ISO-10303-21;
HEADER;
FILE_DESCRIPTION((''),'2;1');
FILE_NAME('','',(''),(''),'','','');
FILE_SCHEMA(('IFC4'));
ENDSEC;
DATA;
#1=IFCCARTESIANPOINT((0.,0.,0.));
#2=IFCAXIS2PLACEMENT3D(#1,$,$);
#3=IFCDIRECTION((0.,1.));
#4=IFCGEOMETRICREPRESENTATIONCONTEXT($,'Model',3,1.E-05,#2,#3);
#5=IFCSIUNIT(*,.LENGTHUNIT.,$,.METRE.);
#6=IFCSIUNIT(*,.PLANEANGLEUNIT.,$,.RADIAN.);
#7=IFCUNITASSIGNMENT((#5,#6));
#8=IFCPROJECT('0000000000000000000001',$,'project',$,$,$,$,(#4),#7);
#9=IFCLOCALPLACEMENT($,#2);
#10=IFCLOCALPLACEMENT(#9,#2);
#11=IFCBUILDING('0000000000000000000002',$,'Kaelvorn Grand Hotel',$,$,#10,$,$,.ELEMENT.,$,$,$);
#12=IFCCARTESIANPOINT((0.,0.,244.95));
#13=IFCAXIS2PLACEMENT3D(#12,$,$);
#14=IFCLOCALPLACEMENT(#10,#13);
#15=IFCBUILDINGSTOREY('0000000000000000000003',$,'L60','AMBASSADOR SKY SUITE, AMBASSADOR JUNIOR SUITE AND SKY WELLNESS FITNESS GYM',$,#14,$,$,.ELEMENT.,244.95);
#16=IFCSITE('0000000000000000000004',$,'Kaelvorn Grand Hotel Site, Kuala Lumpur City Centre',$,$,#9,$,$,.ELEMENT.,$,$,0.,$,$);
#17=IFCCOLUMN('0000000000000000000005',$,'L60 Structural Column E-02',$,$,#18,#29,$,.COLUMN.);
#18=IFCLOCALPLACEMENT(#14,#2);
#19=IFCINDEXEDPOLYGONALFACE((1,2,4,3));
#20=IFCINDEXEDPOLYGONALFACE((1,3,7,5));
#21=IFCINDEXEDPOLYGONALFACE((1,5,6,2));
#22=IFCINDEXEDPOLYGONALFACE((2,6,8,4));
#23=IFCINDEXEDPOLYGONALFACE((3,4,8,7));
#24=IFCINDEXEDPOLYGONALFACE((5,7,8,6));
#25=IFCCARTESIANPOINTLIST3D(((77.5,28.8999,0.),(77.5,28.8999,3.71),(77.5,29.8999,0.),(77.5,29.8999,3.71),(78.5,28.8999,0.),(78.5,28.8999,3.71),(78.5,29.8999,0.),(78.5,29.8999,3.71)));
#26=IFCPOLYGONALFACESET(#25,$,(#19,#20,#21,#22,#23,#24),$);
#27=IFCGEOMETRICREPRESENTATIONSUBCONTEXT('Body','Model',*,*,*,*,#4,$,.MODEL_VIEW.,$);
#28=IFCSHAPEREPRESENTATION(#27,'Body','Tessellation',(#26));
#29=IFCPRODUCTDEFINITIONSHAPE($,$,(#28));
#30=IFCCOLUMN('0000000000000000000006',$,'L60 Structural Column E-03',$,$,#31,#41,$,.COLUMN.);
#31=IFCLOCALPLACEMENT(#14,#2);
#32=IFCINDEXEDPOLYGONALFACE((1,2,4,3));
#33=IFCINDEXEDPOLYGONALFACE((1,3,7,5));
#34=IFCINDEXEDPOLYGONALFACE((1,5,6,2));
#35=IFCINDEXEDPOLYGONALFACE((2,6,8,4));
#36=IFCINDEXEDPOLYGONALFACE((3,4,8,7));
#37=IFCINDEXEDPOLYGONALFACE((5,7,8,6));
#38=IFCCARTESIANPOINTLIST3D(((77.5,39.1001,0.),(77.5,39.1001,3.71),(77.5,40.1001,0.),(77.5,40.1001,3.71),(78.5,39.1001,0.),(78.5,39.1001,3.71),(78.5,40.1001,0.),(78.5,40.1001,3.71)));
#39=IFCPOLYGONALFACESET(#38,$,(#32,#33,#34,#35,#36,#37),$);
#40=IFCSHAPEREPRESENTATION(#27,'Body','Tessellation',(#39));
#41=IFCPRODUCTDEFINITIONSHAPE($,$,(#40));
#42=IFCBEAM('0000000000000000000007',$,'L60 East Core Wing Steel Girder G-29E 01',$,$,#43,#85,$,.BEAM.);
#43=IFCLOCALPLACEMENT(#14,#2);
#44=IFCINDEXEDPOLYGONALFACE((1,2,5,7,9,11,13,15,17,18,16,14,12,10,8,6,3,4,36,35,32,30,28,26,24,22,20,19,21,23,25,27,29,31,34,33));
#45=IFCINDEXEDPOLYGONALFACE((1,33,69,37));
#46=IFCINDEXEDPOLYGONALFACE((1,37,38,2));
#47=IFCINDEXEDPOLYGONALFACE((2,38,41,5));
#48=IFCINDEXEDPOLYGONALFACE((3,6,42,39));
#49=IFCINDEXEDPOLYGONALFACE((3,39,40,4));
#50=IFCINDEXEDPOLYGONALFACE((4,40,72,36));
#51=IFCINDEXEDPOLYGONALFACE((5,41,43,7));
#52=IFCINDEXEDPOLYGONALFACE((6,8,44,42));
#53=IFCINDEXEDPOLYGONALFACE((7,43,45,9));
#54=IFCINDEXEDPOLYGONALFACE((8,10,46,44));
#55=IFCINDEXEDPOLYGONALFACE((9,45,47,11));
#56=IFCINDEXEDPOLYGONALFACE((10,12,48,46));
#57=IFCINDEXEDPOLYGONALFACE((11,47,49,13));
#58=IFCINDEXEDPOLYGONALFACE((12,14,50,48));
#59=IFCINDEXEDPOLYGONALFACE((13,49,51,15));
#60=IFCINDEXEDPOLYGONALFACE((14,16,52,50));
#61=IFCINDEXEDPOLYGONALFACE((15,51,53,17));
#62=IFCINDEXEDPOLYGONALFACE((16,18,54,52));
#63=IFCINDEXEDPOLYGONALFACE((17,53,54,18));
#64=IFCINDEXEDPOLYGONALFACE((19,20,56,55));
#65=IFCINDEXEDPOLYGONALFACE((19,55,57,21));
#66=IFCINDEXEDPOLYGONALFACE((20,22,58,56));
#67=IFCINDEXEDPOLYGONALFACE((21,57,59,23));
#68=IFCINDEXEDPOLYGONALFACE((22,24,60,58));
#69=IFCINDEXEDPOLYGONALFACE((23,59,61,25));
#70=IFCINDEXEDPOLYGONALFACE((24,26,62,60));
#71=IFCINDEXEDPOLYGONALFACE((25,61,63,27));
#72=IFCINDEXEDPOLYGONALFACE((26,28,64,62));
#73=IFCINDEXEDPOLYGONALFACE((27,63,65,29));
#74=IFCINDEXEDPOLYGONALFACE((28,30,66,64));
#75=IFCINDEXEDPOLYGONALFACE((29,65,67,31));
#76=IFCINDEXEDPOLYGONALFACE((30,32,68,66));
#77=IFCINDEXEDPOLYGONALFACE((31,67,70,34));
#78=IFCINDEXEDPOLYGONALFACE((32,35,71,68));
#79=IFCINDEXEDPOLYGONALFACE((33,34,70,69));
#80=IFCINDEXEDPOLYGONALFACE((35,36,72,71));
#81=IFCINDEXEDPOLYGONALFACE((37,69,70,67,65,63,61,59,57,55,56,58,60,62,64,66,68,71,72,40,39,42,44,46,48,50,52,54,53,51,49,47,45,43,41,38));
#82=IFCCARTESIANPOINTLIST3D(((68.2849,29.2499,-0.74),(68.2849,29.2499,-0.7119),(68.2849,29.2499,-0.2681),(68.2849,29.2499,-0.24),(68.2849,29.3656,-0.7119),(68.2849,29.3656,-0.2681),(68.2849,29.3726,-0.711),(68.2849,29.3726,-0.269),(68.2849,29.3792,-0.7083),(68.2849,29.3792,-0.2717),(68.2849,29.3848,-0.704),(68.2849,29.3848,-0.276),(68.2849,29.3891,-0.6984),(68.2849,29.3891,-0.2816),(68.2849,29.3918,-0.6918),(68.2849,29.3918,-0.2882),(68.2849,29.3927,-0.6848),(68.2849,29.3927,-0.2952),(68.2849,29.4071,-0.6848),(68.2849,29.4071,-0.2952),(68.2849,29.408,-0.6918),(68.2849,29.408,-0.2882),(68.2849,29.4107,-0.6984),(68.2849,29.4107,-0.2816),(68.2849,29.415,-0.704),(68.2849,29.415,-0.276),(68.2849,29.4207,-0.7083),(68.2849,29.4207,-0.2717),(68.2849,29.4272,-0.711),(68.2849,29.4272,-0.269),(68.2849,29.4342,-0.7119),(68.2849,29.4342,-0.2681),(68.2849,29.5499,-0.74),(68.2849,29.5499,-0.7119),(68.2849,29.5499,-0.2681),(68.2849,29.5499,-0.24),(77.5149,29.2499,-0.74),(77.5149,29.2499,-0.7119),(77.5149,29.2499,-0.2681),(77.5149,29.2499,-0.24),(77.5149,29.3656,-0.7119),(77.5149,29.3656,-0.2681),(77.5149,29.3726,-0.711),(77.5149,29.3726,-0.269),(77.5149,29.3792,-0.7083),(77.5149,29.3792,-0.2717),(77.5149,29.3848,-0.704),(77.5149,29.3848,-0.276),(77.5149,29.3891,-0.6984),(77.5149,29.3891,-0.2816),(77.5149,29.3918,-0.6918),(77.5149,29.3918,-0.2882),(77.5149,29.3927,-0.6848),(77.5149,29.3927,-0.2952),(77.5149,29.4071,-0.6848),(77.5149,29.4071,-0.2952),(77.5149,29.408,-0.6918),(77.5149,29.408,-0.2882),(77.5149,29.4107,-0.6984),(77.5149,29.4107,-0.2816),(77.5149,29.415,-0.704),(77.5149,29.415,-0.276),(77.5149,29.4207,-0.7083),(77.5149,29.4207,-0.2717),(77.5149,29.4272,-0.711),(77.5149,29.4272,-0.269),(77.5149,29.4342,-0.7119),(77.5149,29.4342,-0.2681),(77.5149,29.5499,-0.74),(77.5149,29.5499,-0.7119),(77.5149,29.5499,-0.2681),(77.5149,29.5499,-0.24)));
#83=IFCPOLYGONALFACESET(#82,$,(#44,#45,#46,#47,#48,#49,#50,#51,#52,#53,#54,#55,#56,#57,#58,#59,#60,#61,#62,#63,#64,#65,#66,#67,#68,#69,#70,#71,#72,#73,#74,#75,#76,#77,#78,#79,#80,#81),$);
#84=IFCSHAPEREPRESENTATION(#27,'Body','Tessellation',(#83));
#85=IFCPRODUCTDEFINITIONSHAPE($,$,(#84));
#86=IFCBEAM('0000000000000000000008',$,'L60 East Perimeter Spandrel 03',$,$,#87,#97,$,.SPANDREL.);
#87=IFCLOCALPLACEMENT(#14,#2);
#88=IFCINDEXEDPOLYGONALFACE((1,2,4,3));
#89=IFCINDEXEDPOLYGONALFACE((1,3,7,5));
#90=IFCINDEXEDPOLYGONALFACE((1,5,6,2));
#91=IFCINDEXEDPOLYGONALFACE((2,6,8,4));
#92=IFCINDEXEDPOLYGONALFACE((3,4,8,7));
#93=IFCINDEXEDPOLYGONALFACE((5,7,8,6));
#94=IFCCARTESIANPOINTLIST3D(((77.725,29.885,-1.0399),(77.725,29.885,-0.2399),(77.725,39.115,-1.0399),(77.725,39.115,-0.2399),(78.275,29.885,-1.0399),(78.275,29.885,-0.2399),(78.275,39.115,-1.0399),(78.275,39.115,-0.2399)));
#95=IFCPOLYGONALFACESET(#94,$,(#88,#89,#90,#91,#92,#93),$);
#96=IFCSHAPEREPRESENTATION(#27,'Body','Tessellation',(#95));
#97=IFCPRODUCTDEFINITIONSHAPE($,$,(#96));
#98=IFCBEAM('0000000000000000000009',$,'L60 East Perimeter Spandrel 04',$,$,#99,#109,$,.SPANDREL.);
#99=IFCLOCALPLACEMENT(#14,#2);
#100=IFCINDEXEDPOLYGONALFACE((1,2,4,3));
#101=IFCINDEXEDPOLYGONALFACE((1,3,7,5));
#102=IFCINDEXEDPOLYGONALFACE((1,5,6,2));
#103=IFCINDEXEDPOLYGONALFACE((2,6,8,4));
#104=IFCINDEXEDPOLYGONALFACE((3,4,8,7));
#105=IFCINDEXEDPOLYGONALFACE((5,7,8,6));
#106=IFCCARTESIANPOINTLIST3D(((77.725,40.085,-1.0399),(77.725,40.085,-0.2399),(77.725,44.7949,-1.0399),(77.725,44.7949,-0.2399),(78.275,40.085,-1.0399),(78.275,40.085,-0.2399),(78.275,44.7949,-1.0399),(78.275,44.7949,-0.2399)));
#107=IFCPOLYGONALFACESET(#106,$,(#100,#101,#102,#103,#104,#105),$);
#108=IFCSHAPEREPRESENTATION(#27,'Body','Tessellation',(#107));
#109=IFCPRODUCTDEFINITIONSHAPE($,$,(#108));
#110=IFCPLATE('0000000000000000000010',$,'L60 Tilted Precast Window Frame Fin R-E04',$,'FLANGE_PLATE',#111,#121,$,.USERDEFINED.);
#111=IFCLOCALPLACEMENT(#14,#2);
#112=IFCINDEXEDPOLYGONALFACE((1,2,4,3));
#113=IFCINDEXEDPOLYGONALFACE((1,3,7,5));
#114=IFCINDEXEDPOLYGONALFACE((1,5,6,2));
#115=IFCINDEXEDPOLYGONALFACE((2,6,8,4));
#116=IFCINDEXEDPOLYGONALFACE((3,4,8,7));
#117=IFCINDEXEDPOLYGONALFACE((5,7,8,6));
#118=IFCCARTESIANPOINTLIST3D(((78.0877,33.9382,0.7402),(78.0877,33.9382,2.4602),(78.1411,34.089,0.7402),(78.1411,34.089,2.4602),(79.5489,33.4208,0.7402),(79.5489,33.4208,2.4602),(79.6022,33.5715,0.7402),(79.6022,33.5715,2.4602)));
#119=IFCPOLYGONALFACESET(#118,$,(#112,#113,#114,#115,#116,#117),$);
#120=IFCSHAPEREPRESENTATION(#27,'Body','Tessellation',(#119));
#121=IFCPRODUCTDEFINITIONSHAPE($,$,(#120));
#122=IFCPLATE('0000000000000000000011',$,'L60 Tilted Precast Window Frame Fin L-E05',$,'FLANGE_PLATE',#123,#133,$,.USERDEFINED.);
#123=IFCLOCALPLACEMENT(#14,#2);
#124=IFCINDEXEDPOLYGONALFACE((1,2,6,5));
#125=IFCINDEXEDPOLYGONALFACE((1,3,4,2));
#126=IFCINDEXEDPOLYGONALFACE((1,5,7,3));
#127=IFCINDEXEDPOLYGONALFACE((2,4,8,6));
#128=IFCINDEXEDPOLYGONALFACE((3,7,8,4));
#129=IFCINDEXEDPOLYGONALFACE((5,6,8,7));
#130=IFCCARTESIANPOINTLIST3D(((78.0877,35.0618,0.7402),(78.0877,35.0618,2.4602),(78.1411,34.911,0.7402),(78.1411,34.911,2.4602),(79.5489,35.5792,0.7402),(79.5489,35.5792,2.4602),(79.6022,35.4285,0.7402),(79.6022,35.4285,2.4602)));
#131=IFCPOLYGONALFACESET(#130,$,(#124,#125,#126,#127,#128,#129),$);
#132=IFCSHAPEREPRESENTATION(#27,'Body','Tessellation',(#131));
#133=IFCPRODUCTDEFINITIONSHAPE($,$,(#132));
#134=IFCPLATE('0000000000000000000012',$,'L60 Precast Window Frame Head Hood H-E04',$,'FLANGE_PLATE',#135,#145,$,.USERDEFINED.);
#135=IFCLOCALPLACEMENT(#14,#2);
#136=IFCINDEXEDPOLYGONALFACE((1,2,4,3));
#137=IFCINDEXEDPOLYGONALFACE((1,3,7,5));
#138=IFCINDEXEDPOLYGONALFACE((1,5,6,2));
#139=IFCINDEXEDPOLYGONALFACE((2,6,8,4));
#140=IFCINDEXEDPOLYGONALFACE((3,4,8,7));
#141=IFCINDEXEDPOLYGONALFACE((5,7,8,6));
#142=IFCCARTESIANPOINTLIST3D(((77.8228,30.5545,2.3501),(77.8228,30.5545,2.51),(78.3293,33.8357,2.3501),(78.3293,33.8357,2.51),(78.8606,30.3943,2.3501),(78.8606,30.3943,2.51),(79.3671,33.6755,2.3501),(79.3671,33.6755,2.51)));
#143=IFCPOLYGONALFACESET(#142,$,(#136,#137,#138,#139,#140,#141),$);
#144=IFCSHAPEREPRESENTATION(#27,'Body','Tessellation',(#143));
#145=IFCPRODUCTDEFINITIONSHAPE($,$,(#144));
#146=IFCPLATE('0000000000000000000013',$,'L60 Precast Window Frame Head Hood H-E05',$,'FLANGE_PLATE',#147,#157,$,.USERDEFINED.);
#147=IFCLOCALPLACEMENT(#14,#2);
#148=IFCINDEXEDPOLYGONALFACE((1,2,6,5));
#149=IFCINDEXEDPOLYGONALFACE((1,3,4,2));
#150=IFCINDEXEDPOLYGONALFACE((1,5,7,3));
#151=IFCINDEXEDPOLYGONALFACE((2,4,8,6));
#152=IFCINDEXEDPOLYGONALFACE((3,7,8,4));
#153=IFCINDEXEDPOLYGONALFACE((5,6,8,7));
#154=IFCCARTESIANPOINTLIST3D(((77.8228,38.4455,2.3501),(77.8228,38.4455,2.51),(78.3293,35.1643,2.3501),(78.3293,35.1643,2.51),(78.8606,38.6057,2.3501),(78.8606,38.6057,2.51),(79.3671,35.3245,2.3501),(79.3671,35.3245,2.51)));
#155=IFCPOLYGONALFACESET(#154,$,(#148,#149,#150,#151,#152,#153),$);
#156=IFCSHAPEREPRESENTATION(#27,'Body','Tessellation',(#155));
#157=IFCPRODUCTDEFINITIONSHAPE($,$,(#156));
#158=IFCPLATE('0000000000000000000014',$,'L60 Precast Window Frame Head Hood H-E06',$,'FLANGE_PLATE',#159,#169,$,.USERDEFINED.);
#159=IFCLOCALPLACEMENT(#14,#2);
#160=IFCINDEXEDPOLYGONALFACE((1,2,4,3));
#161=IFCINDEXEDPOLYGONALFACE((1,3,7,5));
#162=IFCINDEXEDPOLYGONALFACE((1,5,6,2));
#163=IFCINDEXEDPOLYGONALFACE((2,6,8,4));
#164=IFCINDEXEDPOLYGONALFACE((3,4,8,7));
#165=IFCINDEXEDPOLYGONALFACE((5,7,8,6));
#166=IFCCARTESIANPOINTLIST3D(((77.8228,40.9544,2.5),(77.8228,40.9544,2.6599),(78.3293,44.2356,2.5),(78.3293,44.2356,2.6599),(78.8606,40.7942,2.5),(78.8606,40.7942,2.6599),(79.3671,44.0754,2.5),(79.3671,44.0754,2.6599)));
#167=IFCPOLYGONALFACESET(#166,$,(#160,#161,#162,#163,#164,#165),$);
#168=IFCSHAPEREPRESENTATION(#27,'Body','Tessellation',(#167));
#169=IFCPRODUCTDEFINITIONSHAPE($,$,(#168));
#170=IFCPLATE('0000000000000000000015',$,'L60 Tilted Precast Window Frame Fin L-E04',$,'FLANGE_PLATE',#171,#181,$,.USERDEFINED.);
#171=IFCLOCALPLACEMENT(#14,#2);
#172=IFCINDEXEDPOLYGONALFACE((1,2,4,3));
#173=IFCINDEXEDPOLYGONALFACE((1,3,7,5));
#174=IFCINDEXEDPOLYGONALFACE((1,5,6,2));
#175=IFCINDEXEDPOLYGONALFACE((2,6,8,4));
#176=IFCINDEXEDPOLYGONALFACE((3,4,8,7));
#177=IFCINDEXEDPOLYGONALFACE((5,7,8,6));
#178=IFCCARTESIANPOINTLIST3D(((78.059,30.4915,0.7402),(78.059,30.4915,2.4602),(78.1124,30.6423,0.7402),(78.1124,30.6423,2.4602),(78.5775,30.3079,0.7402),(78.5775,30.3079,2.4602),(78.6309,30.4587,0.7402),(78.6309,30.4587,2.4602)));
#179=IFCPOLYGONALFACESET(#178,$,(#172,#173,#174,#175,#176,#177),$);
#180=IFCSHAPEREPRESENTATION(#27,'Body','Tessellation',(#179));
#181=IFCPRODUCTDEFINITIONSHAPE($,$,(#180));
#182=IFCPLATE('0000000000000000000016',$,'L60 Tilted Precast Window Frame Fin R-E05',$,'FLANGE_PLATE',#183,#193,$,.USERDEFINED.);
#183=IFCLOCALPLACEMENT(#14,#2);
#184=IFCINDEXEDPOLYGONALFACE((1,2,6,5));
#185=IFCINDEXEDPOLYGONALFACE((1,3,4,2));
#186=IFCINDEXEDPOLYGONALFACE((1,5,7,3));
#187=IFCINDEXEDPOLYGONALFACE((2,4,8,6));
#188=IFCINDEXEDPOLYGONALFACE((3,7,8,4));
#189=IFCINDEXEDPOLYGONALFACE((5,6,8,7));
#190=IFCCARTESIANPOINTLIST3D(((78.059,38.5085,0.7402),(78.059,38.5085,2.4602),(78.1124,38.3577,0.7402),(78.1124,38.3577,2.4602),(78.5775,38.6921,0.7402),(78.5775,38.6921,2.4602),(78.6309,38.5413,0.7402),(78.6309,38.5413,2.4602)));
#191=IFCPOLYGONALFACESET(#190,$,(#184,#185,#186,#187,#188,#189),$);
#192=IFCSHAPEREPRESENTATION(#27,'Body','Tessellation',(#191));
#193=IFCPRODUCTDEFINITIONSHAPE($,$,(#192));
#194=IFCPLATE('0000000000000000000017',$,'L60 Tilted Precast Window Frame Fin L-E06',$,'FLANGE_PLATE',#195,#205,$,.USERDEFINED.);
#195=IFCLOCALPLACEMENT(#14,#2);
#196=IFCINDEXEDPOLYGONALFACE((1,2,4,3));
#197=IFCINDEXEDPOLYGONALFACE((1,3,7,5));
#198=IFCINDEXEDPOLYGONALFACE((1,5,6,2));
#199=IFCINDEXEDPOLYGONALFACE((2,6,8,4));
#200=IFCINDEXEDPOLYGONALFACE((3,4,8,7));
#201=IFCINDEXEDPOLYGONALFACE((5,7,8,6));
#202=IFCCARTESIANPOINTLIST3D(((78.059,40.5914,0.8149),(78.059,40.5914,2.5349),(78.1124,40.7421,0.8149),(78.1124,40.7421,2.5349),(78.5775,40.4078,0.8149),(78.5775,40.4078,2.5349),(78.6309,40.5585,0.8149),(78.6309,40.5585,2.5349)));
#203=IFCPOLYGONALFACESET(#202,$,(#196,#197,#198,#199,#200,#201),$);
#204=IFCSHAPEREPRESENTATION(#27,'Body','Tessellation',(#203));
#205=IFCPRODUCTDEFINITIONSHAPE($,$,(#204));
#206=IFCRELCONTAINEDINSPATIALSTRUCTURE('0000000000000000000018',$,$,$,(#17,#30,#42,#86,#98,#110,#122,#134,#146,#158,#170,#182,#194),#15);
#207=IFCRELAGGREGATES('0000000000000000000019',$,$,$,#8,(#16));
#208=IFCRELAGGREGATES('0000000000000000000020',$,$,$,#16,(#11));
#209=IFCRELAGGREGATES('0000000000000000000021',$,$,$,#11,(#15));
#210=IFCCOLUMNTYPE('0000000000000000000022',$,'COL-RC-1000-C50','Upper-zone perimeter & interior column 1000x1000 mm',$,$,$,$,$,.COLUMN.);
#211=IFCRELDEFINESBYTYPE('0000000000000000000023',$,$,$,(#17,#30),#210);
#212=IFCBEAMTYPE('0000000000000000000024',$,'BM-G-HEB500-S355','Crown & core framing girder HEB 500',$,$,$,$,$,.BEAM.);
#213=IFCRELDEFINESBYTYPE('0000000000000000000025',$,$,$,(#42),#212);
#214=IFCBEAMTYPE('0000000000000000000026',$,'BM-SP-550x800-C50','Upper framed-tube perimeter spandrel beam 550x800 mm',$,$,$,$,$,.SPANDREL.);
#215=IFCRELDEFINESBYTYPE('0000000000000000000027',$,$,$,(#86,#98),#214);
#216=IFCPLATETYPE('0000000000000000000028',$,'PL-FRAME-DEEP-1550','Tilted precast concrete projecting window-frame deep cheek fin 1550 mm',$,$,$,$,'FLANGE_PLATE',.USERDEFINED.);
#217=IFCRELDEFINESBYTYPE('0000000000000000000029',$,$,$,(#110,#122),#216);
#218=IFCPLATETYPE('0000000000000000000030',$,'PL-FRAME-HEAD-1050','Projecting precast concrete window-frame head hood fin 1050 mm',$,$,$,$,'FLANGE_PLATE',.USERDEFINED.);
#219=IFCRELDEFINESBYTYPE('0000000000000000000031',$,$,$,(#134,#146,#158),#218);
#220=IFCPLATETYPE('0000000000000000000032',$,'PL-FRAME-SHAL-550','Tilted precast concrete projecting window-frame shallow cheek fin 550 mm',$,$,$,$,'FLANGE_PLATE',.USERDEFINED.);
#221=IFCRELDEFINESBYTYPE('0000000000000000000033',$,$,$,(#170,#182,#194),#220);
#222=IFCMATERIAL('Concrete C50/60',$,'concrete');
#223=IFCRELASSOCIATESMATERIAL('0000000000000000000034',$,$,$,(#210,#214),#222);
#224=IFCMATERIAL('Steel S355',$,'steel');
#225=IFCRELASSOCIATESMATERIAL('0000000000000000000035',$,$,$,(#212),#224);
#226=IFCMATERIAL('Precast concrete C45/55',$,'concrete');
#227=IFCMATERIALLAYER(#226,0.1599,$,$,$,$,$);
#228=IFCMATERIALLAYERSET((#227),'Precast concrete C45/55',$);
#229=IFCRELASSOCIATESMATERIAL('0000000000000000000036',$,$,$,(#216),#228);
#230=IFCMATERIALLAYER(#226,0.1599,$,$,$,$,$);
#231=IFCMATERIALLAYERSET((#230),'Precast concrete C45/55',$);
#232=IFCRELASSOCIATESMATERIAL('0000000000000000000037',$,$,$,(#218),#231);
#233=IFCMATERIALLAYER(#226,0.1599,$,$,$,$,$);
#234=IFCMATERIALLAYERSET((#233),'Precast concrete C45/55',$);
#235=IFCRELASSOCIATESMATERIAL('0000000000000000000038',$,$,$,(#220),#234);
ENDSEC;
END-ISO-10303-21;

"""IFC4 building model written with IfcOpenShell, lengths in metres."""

from ifc_helpers import new_model, si_unit, direction, frame, origin, origin_2d, place, context, subcontext, project, spatial, rectangle, i_section, extrude, material, layer, layer_set, material_profile, profile_set, type_object, element, save


model = new_model("IFC4")

# Units and contexts
model_context = context("Model", 3, precision=1e-05, world=origin(), true_north=direction((0.0, 1.0)))
body_context = subcontext(model_context, "Body", "Model", "MODEL_VIEW")
ifc_project = project(units=[si_unit("LENGTHUNIT", "METRE"), si_unit("PLANEANGLEUNIT", "RADIAN")], contexts=[model_context])

# Site, building, storey
site_placement = place(None, origin())
site = spatial("IfcSite", under=ifc_project, at=site_placement, Name="Kaelvorn Grand Hotel Site, Kuala Lumpur City Centre", CompositionType="ELEMENT", RefElevation=0.0)
building_placement = place(site_placement, origin())
building = spatial("IfcBuilding", under=site, at=building_placement, Name="Kaelvorn Grand Hotel", CompositionType="ELEMENT")
storey_placement = place(building_placement, frame((0.0, 0.0, 244.95)))
storey = spatial("IfcBuildingStorey", under=building, at=storey_placement, Name="L60", Description="AMBASSADOR SKY SUITE, AMBASSADOR JUNIOR SUITE AND SKY WELLNESS FITNESS GYM", CompositionType="ELEMENT", Elevation=244.95)

# Columns
ifc_material_1 = material(Name="Concrete C50/60", Category="concrete")
ifc_material_profile_1 = material_profile(ifc_material_1, rectangle(XDim=1.0, YDim=1.0, at=origin_2d()), Name="RC COL 1000x1000")
ifc_profile_set_1 = profile_set([ifc_material_profile_1], Name="Concrete C50/60")
column_type = type_object("IfcColumnType", Name="COL-RC-1000-C50", Description="Upper-zone perimeter & interior column 1000x1000 mm", PredefinedType="COLUMN", material=ifc_profile_set_1)
for number, where, z_axis, x_axis, name in (
    (1, (78.0, 29.3999, 0.0), (0.0, 0.0, 1.0), (1.0, 0.0, 0.0), "L60 Structural Column E-02"),
    (2, (78.0, 39.6001, 0.0), (0.0, 0.0, 1.0), (1.0, 0.0, 0.0), "L60 Structural Column E-03"),
):
    element("IfcColumn", number, at=place(storey_placement, frame(where, z_axis=z_axis, x_axis=x_axis)), inside=storey, type_object=column_type, Name=name, PredefinedType="COLUMN", context=body_context, shape_type="SweptSolid", body=[
        extrude(rectangle(XDim=1.0, YDim=1.0, at=origin_2d()), origin(), (0.0, 0.0, 1.0), 3.71),
    ])

# Beams
ifc_material_2 = material(Name="Steel S355", Category="steel")
ifc_material_profile_2 = material_profile(ifc_material_2, i_section(OverallWidth=0.3, OverallDepth=0.5, WebThickness=0.0144, FlangeThickness=0.0281, FilletRadius=0.0271, at=origin_2d()), Name="HEB 500")
ifc_profile_set_2 = profile_set([ifc_material_profile_2], Name="Steel S355")
beam_type_1 = type_object("IfcBeamType", Name="BM-G-HEB500-S355", Description="Crown & core framing girder HEB 500", PredefinedType="BEAM", material=ifc_profile_set_2)
beam_1_placement = place(storey_placement, frame((68.2849, 29.3999, -0.49), z_axis=(1.0, 0.0, 0.0), x_axis=(0.0, 1.0, 0.0)))
element("IfcBeam", 3, at=beam_1_placement, inside=storey, type_object=beam_type_1, Name="L60 East Core Wing Steel Girder G-29E 01", PredefinedType="BEAM", context=body_context, shape_type="SweptSolid", body=[
    extrude(i_section(OverallWidth=0.3, OverallDepth=0.5, WebThickness=0.0144, FlangeThickness=0.0281, FilletRadius=0.0271, at=origin_2d()), origin(), (0.0, 0.0, 1.0), 9.23),
])
ifc_material_profile_3 = material_profile(ifc_material_1, rectangle(XDim=0.55, YDim=0.8, at=origin_2d()), Name="RC SPANDREL 550x800")
ifc_profile_set_3 = profile_set([ifc_material_profile_3], Name="Concrete C50/60")
beam_type_2 = type_object("IfcBeamType", Name="BM-SP-550x800-C50", Description="Upper framed-tube perimeter spandrel beam 550x800 mm", PredefinedType="SPANDREL", material=ifc_profile_set_3)
beam_2_placement = place(storey_placement, frame((78.0, 29.885, -0.6399), z_axis=(0.0, 1.0, 0.0), x_axis=(-1.0, 0.0, 0.0)))
element("IfcBeam", 4, at=beam_2_placement, inside=storey, type_object=beam_type_2, Name="L60 East Perimeter Spandrel 03", PredefinedType="SPANDREL", context=body_context, shape_type="SweptSolid", body=[
    extrude(rectangle(XDim=0.55, YDim=0.8, at=origin_2d()), origin(), (0.0, 0.0, 1.0), 9.23),
])
beam_3_placement = place(storey_placement, frame((78.0, 40.085, -0.6399), z_axis=(0.0, 1.0, 0.0), x_axis=(-1.0, 0.0, 0.0)))
element("IfcBeam", 5, at=beam_3_placement, inside=storey, type_object=beam_type_2, Name="L60 East Perimeter Spandrel 04", PredefinedType="SPANDREL", context=body_context, shape_type="SweptSolid", body=[
    extrude(rectangle(XDim=0.55, YDim=0.8, at=origin_2d()), origin(), (0.0, 0.0, 1.0), 4.71),
])

# Plates
ifc_material_3 = material(Name="Precast concrete C45/55", Category="concrete")
ifc_layer_1 = layer(ifc_material_3, 0.1599)
ifc_layer_set_1 = layer_set([ifc_layer_1], Name="Precast concrete C45/55")
plate_type_1 = type_object("IfcPlateType", Name="PL-FRAME-DEEP-1550", Description="Tilted precast concrete projecting window-frame deep cheek fin 1550 mm", ElementType="FLANGE_PLATE", PredefinedType="USERDEFINED", material=ifc_layer_set_1)
for number, where, z_axis, x_axis, name in (
    (6, (78.845, 33.7549, 0.7402), (0.0, 0.0, 1.0), (0.333807, 0.942641, 0.0), "L60 Tilted Precast Window Frame Fin R-E04"),
    (7, (78.845, 35.2451, 0.7402), (0.0, 0.0, 1.0), (-0.333807, 0.942641, 0.0), "L60 Tilted Precast Window Frame Fin L-E05"),
):
    element("IfcPlate", number, at=place(storey_placement, frame(where, z_axis=z_axis, x_axis=x_axis)), inside=storey, type_object=plate_type_1, Name=name, ObjectType="FLANGE_PLATE", PredefinedType="USERDEFINED", context=body_context, shape_type="SweptSolid", body=[
        extrude(rectangle(XDim=0.1599, YDim=1.55, at=origin_2d()), origin(), (0.0, 0.0, 1.0), 1.72),
    ])
ifc_layer_2 = layer(ifc_material_3, 0.1599)
ifc_layer_set_2 = layer_set([ifc_layer_2], Name="Precast concrete C45/55")
plate_type_2 = type_object("IfcPlateType", Name="PL-FRAME-HEAD-1050", Description="Projecting precast concrete window-frame head hood fin 1050 mm", ElementType="FLANGE_PLATE", PredefinedType="USERDEFINED", material=ifc_layer_set_2)
for number, where, z_axis, x_axis, name in (
    (8, (78.595, 32.115, 2.3501), (0.0, 0.0, 1.0), (0.152555, 0.988295, 0.0), "L60 Precast Window Frame Head Hood H-E04"),
    (9, (78.595, 36.885, 2.3501), (0.0, 0.0, 1.0), (-0.152555, 0.988295, 0.0), "L60 Precast Window Frame Head Hood H-E05"),
    (10, (78.595, 42.5149, 2.5), (0.0, 0.0, 1.0), (0.152555, 0.988295, 0.0), "L60 Precast Window Frame Head Hood H-E06"),
):
    element("IfcPlate", number, at=place(storey_placement, frame(where, z_axis=z_axis, x_axis=x_axis)), inside=storey, type_object=plate_type_2, Name=name, ObjectType="FLANGE_PLATE", PredefinedType="USERDEFINED", context=body_context, shape_type="SweptSolid", body=[
        extrude(rectangle(XDim=3.3201, YDim=1.05, at=origin_2d()), origin(), (0.0, 0.0, 1.0), 0.1599),
    ])
ifc_layer_3 = layer(ifc_material_3, 0.1599)
ifc_layer_set_3 = layer_set([ifc_layer_3], Name="Precast concrete C45/55")
plate_type_3 = type_object("IfcPlateType", Name="PL-FRAME-SHAL-550", Description="Tilted precast concrete projecting window-frame shallow cheek fin 550 mm", ElementType="FLANGE_PLATE", PredefinedType="USERDEFINED", material=ifc_layer_set_3)
for number, where, z_axis, x_axis, name in (
    (11, (78.345, 30.4751, 0.7402), (0.0, 0.0, 1.0), (0.333807, 0.942641, 0.0), "L60 Tilted Precast Window Frame Fin L-E04"),
    (12, (78.345, 38.5249, 0.7402), (0.0, 0.0, 1.0), (-0.333807, 0.942641, 0.0), "L60 Tilted Precast Window Frame Fin R-E05"),
    (13, (78.345, 40.575, 0.8149), (0.0, 0.0, 1.0), (0.333807, 0.942641, 0.0), "L60 Tilted Precast Window Frame Fin L-E06"),
):
    element("IfcPlate", number, at=place(storey_placement, frame(where, z_axis=z_axis, x_axis=x_axis)), inside=storey, type_object=plate_type_3, Name=name, ObjectType="FLANGE_PLATE", PredefinedType="USERDEFINED", context=body_context, shape_type="SweptSolid", body=[
        extrude(rectangle(XDim=0.1599, YDim=0.55, at=origin_2d()), origin(), (0.0, 0.0, 1.0), 1.72),
    ])

save(model, "model.ifc")
